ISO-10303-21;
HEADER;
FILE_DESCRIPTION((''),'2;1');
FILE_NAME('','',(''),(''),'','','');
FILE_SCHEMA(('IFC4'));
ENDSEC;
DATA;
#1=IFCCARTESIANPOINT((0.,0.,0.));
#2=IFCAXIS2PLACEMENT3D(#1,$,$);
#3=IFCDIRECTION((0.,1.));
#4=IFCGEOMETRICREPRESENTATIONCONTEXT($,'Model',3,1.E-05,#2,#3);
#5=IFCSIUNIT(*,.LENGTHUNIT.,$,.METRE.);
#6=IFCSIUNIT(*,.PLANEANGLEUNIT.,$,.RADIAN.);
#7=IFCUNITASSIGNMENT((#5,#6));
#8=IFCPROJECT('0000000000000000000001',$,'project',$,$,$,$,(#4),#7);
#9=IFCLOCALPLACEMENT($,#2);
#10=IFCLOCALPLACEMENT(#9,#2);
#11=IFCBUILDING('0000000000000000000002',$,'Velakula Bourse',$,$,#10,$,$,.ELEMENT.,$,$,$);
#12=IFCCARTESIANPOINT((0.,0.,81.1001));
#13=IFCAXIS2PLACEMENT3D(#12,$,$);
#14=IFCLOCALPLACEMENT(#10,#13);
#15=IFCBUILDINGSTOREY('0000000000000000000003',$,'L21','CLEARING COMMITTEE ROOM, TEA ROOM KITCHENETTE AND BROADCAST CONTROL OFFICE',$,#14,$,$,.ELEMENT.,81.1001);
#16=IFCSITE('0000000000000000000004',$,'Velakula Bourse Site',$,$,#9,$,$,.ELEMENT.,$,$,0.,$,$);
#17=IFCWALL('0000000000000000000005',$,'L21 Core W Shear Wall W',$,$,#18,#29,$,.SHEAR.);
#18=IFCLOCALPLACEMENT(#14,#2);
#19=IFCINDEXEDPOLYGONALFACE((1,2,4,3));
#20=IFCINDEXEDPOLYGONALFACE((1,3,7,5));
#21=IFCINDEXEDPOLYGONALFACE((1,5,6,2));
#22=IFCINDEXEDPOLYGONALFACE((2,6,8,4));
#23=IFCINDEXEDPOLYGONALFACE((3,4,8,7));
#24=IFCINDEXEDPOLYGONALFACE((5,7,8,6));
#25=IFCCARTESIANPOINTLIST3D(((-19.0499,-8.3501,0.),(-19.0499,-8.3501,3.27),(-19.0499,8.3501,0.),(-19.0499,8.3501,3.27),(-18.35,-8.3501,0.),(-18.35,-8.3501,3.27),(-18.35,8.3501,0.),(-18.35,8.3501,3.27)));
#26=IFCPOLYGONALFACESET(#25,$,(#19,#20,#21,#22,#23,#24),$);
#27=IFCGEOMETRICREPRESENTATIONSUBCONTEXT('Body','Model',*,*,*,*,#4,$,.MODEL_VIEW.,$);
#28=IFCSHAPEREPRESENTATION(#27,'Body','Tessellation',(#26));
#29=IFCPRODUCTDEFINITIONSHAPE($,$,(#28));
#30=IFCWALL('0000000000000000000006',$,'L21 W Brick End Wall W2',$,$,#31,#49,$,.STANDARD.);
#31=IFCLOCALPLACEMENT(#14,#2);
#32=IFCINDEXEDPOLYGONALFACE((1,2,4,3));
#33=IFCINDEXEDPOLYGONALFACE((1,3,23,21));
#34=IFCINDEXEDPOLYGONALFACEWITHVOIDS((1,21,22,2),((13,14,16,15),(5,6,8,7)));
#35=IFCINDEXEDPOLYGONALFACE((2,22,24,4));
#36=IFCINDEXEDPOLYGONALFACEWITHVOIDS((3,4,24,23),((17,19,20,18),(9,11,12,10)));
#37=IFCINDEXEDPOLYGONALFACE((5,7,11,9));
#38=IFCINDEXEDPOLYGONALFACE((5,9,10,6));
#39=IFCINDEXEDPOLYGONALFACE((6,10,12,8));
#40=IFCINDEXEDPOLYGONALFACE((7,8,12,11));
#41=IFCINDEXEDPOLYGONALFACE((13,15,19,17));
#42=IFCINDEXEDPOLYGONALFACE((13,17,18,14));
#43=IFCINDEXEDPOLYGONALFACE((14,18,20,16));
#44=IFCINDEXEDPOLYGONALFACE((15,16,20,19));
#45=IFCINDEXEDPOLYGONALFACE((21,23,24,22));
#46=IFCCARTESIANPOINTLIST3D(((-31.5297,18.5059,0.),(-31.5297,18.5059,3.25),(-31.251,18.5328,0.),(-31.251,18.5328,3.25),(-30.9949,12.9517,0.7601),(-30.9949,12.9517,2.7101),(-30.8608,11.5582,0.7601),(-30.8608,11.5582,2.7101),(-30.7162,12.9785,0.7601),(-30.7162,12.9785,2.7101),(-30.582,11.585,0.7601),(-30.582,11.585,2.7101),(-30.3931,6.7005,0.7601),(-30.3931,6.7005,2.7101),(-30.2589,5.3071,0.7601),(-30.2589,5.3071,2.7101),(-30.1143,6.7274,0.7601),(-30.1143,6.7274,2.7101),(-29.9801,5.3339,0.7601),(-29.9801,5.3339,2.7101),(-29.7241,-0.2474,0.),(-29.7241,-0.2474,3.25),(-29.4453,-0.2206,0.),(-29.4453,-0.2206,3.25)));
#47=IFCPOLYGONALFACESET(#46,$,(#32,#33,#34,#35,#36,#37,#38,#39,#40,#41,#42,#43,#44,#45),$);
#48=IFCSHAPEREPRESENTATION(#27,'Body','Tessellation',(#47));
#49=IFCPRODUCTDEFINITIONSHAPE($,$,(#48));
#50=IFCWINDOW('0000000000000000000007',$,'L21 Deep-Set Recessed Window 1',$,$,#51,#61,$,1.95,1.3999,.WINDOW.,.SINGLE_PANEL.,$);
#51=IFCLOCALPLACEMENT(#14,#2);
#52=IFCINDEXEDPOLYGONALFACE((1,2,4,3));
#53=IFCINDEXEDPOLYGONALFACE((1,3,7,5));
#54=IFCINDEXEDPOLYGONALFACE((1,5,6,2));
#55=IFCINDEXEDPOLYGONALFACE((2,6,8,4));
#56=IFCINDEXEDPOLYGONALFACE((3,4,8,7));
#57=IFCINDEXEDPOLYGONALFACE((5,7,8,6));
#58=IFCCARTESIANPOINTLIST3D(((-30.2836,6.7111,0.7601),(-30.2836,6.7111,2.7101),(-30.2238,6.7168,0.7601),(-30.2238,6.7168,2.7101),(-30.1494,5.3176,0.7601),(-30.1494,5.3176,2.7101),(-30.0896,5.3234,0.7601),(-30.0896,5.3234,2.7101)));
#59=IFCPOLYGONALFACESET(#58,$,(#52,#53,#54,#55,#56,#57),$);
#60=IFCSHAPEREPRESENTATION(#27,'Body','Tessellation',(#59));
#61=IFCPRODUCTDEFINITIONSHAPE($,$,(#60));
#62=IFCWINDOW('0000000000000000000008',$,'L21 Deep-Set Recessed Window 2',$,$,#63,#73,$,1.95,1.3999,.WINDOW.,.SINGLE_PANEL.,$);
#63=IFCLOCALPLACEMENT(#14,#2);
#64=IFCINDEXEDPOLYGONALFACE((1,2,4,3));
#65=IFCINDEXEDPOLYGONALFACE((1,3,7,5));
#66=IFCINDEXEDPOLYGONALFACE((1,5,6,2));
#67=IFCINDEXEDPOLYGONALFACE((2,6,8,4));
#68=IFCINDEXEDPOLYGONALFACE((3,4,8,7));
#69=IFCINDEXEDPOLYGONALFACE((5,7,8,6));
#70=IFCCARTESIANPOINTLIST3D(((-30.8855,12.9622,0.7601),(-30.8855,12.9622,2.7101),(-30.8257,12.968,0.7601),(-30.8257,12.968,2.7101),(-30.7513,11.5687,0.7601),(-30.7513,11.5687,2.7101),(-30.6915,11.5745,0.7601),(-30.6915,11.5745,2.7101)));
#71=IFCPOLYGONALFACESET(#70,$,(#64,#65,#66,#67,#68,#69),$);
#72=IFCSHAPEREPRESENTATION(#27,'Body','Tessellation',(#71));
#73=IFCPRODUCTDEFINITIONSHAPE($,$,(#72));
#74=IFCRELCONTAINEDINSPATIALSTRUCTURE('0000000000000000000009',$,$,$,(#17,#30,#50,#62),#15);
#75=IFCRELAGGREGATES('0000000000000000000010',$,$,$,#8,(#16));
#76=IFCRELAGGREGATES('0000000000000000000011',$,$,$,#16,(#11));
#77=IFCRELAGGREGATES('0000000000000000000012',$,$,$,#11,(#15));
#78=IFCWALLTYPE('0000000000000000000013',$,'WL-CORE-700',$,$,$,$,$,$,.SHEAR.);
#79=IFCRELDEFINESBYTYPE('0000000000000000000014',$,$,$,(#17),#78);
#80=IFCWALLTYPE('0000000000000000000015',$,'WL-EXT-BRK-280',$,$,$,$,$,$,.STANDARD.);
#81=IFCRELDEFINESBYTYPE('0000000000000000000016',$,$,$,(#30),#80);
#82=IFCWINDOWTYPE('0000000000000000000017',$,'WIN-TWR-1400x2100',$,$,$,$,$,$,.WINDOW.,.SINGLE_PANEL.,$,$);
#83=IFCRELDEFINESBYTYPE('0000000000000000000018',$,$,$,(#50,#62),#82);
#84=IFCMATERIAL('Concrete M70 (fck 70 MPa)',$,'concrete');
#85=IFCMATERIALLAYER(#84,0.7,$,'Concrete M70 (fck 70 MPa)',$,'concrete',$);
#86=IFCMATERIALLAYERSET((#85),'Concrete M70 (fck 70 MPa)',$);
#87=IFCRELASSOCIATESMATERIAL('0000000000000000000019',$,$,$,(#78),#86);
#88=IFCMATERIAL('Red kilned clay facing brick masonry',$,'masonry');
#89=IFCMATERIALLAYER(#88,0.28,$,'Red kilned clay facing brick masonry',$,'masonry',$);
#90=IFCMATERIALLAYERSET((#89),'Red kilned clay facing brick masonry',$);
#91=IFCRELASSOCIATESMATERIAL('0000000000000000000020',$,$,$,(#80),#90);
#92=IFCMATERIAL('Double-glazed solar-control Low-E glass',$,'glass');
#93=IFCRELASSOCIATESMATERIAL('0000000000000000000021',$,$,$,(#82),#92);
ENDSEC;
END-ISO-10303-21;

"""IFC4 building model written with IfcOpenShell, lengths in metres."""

from ifc_helpers import new_model, si_unit, direction, frame, frame_2d, origin, place, context, subcontext, project, spatial, rectangle, extrude, material, layer, layer_set, type_object, element, fill, save


model = new_model("IFC4")

# Units and contexts
model_context = context("Model", 3, precision=1e-05, world=origin(), true_north=direction((0.0, 1.0)))
body_context = subcontext(model_context, "Body", "Model", "MODEL_VIEW")
ifc_project = project(units=[si_unit("LENGTHUNIT", "METRE"), si_unit("PLANEANGLEUNIT", "RADIAN")], contexts=[model_context])

# Site, building, storey
site_placement = place(None, origin())
site = spatial("IfcSite", under=ifc_project, at=site_placement, Name="Velakula Bourse Site", CompositionType="ELEMENT", RefElevation=0.0)
building_placement = place(site_placement, origin())
building = spatial("IfcBuilding", under=site, at=building_placement, Name="Velakula Bourse", CompositionType="ELEMENT")
storey_placement = place(building_placement, frame((0.0, 0.0, 81.1001)))
storey = spatial("IfcBuildingStorey", under=building, at=storey_placement, Name="L21", Description="CLEARING COMMITTEE ROOM, TEA ROOM KITCHENETTE AND BROADCAST CONTROL OFFICE", CompositionType="ELEMENT", Elevation=81.1001)

# Wall
ifc_material_1 = material(Name="Concrete M70 (fck 70 MPa)", Category="concrete")
ifc_layer_1 = layer(ifc_material_1, 0.7, Name="Concrete M70 (fck 70 MPa)", Category="concrete")
ifc_layer_set_1 = layer_set([ifc_layer_1], Name="Concrete M70 (fck 70 MPa)")
wall_type_1 = type_object("IfcWallType", Name="WL-CORE-700", PredefinedType="SHEAR", material=ifc_layer_set_1)
wall_1_placement = place(storey_placement, frame((-18.7, -8.3501, 0.0), z_axis=(0.0, 0.0, 1.0), x_axis=(0.0, 1.0, 0.0)))
element("IfcWall", 1, at=wall_1_placement, inside=storey, type_object=wall_type_1, Name="L21 Core W Shear Wall W", PredefinedType="SHEAR", context=body_context, shape_type="SweptSolid", body=[
    extrude(rectangle(XDim=16.7002, YDim=0.7, at=frame_2d((8.3501, 0.0))), origin(), (0.0, 0.0, 1.0), 3.27),
])

# Wall, openings, windows
ifc_material_2 = material(Name="Red kilned clay facing brick masonry", Category="masonry")
ifc_layer_2 = layer(ifc_material_2, 0.28, Name="Red kilned clay facing brick masonry", Category="masonry")
ifc_layer_set_2 = layer_set([ifc_layer_2], Name="Red kilned clay facing brick masonry")
wall_type_2 = type_object("IfcWallType", Name="WL-EXT-BRK-280", PredefinedType="STANDARD", material=ifc_layer_set_2)
wall_2_placement = place(storey_placement, frame((-29.5847, -0.2339, 0.0), z_axis=(0.0, 0.0, 1.0), x_axis=(-0.095841, 0.995397, 0.0)))
wall_2 = element("IfcWall", 2, at=wall_2_placement, inside=storey, type_object=wall_type_2, Name="L21 W Brick End Wall W2", PredefinedType="STANDARD", context=body_context, shape_type="SweptSolid", body=[
    extrude(rectangle(XDim=18.8401, YDim=0.28, at=frame_2d((9.4199, 0.0))), origin(), (0.0, 0.0, 1.0), 3.25),
])
opening_1_placement = place(wall_2_placement, frame((5.5801, 0.0, 0.76)))
opening_1 = element("IfcOpeningElement", 3, at=opening_1_placement, cuts=wall_2, PredefinedType="OPENING", context=body_context, shape_type="SweptSolid", body=[
    extrude(rectangle(XDim=1.3999, YDim=1.95, at=frame_2d((0.7, 0.9751))), frame((0.0, 0.1499, 0.0), z_axis=(0.0, -1.0, 0.0), x_axis=(1.0, 0.0, 0.0)), (0.0, 0.0, 1.0), 0.3),
])
opening_2_placement = place(wall_2_placement, frame((11.8601, 0.0, 0.76)))
opening_2 = element("IfcOpeningElement", 4, at=opening_2_placement, cuts=wall_2, PredefinedType="OPENING", context=body_context, shape_type="SweptSolid", body=[
    extrude(rectangle(XDim=1.3999, YDim=1.95, at=frame_2d((0.7, 0.9751))), frame((0.0, 0.1499, 0.0), z_axis=(0.0, -1.0, 0.0), x_axis=(1.0, 0.0, 0.0)), (0.0, 0.0, 1.0), 0.3),
])
ifc_material_3 = material(Name="Double-glazed solar-control Low-E glass", Category="glass")
window_type = type_object("IfcWindowType", Name="WIN-TWR-1400x2100", PartitioningType="SINGLE_PANEL", PredefinedType="WINDOW", material=ifc_material_3)
window_1_placement = place(opening_1_placement, origin())
window_1 = element("IfcWindow", 5, at=window_1_placement, inside=storey, type_object=window_type, Name="L21 Deep-Set Recessed Window 1", OverallHeight=1.95, OverallWidth=1.3999, PartitioningType="SINGLE_PANEL", PredefinedType="WINDOW", context=body_context, shape_type="SweptSolid", body=[
    extrude(rectangle(XDim=1.3999, YDim=1.95, at=frame_2d((0.7, 0.9751))), frame((0.0, 0.03, 0.0), z_axis=(0.0, -1.0, 0.0), x_axis=(1.0, 0.0, 0.0)), (0.0, 0.0, 1.0), 0.0601),
])
fill(opening_1, window_1)
window_2_placement = place(opening_2_placement, origin())
window_2 = element("IfcWindow", 6, at=window_2_placement, inside=storey, type_object=window_type, Name="L21 Deep-Set Recessed Window 2", OverallHeight=1.95, OverallWidth=1.3999, PartitioningType="SINGLE_PANEL", PredefinedType="WINDOW", context=body_context, shape_type="SweptSolid", body=[
    extrude(rectangle(XDim=1.3999, YDim=1.95, at=frame_2d((0.7, 0.9751))), frame((0.0, 0.03, 0.0), z_axis=(0.0, -1.0, 0.0), x_axis=(1.0, 0.0, 0.0)), (0.0, 0.0, 1.0), 0.0601),
])
fill(opening_2, window_2)

save(model, "model.ifc")
